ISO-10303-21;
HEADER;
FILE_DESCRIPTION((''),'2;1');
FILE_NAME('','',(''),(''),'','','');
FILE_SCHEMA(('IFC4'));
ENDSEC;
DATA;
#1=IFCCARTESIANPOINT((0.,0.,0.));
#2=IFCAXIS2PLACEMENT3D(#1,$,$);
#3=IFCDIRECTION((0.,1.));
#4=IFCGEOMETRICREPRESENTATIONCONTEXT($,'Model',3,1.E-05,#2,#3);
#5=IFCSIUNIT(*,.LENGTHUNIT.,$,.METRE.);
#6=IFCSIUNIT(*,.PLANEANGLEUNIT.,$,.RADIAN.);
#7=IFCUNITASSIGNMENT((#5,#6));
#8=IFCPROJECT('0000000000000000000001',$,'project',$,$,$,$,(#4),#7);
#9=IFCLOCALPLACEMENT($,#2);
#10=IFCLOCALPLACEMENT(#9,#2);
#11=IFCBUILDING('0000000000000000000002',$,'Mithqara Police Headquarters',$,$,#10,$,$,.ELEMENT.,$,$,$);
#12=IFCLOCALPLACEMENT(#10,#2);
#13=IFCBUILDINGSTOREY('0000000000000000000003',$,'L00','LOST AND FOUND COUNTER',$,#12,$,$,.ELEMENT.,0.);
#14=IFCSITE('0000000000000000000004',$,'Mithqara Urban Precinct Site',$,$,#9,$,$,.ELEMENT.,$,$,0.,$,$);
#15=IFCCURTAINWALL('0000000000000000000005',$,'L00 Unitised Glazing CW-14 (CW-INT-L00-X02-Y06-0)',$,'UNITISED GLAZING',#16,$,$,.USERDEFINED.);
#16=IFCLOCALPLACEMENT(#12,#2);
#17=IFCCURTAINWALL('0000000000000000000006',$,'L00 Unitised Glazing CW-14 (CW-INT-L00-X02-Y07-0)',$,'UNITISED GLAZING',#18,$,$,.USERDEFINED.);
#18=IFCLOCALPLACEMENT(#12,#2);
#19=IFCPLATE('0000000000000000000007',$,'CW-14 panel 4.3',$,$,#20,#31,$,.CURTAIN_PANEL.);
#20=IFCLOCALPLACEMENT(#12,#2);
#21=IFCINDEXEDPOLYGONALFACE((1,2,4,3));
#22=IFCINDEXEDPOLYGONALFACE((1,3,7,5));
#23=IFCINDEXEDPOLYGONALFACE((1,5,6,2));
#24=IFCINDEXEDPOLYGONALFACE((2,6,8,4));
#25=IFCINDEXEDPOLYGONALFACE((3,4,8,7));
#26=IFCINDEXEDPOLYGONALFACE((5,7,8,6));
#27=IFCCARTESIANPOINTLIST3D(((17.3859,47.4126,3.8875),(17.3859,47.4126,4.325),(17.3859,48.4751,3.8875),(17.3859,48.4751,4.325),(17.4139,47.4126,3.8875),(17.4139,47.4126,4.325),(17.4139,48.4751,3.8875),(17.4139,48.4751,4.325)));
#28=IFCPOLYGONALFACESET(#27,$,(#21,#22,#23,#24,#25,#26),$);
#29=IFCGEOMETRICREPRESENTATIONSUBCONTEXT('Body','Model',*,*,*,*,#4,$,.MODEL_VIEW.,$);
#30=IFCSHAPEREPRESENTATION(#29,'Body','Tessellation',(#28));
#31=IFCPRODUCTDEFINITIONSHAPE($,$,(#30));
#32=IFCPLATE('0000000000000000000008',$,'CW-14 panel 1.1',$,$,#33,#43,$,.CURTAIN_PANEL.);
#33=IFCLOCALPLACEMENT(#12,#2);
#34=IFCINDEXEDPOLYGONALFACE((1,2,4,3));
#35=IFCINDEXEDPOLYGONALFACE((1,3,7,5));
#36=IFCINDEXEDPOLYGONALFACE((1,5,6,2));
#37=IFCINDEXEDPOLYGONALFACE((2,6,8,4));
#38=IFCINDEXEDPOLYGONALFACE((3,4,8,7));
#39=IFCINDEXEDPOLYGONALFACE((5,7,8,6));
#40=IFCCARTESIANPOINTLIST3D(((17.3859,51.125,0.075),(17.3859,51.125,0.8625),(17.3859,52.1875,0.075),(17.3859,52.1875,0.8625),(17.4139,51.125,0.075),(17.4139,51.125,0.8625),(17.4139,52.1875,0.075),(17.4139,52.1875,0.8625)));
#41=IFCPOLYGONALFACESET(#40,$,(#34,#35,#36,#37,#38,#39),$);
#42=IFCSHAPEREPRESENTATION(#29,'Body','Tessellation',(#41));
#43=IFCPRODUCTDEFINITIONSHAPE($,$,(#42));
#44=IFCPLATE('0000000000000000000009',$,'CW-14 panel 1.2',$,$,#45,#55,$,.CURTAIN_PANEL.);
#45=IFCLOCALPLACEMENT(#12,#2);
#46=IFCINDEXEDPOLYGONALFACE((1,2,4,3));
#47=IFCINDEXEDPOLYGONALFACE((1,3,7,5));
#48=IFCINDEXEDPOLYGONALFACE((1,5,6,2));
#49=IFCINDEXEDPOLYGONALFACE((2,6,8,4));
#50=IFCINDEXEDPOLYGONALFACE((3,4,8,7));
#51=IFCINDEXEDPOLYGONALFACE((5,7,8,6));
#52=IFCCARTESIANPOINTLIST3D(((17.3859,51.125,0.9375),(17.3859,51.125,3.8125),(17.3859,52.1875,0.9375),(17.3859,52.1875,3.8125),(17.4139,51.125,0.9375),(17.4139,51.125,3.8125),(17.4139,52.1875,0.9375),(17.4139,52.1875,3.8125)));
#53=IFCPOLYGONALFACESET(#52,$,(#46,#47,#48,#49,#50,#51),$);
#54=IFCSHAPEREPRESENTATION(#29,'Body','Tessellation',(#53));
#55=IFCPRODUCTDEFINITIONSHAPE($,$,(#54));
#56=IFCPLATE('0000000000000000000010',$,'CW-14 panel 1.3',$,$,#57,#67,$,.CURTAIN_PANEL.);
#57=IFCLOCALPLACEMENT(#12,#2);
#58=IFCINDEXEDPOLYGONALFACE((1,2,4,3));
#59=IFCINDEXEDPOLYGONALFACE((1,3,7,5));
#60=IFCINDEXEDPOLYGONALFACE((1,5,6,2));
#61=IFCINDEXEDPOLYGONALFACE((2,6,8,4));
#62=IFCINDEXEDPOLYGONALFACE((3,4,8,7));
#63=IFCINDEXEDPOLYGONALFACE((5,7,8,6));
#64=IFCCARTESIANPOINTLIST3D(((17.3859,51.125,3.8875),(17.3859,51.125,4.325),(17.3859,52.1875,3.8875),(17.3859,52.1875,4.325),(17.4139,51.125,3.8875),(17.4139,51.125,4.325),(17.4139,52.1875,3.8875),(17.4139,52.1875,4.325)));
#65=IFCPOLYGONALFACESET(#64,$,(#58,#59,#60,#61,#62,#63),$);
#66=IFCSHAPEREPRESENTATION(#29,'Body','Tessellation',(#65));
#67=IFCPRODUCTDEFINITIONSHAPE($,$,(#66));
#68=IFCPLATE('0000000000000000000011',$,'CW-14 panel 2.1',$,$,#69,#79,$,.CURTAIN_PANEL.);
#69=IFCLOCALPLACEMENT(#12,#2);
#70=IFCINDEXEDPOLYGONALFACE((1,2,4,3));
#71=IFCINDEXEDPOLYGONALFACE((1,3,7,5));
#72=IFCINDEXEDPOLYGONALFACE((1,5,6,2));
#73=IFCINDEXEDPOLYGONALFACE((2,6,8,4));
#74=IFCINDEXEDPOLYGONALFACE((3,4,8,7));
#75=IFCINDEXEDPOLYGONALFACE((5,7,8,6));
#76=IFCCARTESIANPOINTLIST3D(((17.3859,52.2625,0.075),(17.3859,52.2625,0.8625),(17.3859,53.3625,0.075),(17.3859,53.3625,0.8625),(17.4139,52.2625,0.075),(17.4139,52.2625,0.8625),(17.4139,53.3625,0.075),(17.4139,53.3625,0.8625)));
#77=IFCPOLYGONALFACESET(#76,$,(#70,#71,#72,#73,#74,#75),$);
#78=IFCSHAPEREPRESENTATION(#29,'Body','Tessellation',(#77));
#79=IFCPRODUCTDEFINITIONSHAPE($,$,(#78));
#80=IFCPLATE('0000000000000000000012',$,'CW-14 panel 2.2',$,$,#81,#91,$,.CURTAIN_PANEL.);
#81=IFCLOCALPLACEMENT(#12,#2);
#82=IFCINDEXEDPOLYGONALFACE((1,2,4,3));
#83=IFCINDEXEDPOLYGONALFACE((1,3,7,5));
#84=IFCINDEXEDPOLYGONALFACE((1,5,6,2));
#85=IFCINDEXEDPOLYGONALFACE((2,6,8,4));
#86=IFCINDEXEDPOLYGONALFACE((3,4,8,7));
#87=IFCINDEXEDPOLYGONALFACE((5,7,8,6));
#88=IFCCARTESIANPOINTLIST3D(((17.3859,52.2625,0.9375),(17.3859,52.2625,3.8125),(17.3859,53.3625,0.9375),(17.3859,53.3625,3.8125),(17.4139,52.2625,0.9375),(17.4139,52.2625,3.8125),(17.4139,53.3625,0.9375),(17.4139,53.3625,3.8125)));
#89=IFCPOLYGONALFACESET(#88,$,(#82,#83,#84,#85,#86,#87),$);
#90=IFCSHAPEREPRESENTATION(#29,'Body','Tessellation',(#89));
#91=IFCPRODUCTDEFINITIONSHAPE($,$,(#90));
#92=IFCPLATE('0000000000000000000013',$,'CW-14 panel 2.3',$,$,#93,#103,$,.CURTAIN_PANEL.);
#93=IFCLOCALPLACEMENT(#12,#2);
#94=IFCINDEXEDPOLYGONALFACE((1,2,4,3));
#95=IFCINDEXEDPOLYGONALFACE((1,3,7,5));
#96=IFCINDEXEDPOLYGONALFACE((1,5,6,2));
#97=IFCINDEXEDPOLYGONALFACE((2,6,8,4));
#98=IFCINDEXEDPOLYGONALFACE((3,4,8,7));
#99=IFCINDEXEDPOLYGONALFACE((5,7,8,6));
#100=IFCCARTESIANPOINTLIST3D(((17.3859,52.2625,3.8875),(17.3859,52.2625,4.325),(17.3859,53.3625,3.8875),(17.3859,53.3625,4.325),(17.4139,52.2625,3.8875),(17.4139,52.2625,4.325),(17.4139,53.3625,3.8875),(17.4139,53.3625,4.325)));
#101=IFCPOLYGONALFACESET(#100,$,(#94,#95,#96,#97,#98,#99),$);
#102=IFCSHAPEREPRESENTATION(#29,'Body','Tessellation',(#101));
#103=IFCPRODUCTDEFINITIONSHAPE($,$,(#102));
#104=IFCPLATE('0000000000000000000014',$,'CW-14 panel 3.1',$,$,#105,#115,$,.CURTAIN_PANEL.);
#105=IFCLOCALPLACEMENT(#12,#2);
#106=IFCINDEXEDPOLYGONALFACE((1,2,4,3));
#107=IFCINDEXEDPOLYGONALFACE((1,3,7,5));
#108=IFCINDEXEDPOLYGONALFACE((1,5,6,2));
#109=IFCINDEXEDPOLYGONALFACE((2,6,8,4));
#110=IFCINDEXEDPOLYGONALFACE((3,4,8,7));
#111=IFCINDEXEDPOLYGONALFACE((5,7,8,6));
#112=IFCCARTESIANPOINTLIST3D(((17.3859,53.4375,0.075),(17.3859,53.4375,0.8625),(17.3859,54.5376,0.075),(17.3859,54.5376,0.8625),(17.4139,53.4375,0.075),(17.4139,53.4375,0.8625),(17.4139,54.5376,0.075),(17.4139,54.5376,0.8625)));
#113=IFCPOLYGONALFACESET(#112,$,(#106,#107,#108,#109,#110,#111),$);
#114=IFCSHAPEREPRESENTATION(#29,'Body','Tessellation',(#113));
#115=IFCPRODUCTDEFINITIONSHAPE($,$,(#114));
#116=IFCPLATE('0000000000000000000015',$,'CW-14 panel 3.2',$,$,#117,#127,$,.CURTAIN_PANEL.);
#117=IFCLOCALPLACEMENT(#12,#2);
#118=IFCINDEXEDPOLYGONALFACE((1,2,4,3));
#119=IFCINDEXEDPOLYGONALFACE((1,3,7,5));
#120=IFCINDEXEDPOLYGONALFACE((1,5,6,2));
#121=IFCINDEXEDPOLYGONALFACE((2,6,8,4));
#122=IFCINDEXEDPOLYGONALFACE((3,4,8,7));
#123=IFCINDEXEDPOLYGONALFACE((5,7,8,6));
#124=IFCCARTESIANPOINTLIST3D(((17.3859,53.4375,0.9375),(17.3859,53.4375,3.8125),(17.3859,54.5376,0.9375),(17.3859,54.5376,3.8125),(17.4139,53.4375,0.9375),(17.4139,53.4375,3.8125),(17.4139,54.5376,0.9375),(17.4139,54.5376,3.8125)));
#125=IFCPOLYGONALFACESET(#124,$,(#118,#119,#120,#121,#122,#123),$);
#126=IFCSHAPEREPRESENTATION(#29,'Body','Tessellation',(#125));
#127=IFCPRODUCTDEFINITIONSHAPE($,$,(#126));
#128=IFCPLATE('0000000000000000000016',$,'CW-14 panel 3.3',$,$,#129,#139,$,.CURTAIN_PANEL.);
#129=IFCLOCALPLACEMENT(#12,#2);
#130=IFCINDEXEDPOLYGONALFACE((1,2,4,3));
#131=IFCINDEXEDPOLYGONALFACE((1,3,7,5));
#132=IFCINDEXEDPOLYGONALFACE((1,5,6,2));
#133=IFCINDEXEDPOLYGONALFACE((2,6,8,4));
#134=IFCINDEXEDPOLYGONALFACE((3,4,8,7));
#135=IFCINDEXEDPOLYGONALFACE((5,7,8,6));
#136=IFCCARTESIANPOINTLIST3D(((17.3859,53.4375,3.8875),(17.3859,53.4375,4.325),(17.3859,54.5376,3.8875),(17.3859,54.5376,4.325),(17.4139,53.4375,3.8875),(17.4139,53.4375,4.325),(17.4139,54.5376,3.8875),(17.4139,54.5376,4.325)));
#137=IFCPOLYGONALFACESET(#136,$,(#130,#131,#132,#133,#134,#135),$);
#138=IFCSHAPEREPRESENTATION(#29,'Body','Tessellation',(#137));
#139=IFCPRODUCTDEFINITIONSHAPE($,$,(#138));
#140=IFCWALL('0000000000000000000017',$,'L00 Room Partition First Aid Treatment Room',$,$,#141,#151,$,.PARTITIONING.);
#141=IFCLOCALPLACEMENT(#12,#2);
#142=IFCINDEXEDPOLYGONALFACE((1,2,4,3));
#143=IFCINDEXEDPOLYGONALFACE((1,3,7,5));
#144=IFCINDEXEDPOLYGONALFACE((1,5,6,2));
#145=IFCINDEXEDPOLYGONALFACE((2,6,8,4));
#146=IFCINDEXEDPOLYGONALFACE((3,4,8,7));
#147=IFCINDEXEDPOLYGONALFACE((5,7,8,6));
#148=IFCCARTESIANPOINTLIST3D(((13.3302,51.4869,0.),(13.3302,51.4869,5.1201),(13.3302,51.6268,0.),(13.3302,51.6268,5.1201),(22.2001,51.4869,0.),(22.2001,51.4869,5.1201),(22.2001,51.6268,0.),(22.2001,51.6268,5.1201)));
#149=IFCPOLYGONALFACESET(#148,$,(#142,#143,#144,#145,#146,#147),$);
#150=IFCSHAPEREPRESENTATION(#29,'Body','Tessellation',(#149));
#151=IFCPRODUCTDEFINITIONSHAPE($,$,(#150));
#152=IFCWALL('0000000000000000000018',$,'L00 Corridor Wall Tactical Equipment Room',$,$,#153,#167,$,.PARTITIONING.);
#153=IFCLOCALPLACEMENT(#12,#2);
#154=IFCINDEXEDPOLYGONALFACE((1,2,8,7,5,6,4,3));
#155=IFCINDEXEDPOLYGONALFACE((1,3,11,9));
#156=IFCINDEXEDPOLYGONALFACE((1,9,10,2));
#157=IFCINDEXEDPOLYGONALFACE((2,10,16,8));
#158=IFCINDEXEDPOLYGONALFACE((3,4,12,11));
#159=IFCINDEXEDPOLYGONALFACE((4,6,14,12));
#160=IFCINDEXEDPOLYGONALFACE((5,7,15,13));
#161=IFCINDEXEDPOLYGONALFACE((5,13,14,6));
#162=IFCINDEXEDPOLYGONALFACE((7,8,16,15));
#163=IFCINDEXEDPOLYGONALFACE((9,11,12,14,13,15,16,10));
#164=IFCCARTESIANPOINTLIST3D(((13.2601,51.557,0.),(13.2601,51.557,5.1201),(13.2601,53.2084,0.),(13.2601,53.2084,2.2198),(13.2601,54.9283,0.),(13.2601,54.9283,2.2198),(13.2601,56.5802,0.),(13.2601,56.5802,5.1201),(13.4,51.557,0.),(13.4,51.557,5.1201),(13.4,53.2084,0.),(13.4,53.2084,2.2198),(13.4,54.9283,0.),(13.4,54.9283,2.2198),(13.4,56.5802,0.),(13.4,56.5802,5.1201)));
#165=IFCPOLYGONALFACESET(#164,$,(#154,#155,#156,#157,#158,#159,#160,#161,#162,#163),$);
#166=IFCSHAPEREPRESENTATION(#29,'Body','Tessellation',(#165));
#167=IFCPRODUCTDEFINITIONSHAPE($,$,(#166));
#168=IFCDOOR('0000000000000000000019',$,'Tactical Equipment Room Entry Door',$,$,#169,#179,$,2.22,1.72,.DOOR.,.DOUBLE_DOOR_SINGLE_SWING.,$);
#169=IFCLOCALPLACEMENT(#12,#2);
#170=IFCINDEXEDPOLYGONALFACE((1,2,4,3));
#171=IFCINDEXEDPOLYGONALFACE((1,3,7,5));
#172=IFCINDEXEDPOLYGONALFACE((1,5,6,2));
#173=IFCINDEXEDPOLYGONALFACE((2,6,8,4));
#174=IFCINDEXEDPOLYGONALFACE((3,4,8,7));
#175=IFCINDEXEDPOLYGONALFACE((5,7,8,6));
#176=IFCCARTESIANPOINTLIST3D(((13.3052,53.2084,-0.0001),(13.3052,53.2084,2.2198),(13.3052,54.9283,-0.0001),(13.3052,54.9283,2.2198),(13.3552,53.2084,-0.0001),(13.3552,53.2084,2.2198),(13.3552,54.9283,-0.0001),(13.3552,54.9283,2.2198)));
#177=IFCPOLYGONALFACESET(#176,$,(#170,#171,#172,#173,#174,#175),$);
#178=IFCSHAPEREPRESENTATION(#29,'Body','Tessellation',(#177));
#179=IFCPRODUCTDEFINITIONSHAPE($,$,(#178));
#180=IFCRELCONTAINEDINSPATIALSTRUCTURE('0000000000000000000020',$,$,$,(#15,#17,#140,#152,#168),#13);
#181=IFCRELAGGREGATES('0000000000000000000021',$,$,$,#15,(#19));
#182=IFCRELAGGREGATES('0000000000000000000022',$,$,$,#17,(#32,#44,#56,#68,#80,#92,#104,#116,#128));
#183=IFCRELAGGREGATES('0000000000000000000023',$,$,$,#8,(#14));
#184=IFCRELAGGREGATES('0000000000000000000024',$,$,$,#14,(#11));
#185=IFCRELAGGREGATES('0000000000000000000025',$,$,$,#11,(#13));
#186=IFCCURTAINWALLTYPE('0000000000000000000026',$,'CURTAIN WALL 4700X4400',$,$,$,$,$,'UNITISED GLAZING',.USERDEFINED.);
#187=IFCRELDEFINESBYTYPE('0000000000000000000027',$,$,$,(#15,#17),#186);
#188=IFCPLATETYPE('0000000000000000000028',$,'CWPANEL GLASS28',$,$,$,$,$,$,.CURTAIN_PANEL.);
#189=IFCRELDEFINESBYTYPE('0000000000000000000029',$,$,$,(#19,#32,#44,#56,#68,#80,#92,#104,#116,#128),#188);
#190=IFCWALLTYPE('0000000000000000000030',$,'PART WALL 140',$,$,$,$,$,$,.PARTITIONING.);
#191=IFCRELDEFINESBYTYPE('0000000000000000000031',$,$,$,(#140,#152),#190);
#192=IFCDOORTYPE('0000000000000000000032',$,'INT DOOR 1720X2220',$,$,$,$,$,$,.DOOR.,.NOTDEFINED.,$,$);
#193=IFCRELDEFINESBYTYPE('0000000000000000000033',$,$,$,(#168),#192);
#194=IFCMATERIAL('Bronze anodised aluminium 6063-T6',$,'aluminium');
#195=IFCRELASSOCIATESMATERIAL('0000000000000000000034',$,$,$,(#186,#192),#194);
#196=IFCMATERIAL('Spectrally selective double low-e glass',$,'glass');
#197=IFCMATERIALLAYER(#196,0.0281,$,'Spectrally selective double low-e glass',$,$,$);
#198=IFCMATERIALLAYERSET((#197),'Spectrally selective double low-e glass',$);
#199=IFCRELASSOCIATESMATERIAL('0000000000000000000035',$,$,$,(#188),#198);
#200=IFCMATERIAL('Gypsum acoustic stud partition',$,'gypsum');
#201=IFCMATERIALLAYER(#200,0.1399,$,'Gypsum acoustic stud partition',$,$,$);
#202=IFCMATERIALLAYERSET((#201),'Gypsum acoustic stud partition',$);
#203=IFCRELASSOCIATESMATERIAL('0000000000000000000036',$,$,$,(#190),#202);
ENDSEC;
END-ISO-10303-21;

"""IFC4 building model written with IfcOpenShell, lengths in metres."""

from ifc_helpers import new_model, si_unit, direction, frame, frame_2d, origin, origin_2d, place, context, subcontext, project, spatial, rectangle, extrude, material, layer, layer_set, type_object, element, fill, aggregate, save


model = new_model("IFC4")

# Units and contexts
model_context = context("Model", 3, precision=1e-05, world=origin(), true_north=direction((0.0, 1.0)))
body_context = subcontext(model_context, "Body", "Model", "MODEL_VIEW")
ifc_project = project(units=[si_unit("LENGTHUNIT", "METRE"), si_unit("PLANEANGLEUNIT", "RADIAN")], contexts=[model_context])

# Site, building, storey
site_placement = place(None, origin())
site = spatial("IfcSite", under=ifc_project, at=site_placement, Name="Mithqara Urban Precinct Site", CompositionType="ELEMENT", RefElevation=0.0)
building_placement = place(site_placement, origin())
building = spatial("IfcBuilding", under=site, at=building_placement, Name="Mithqara Police Headquarters", CompositionType="ELEMENT")
storey_placement = place(building_placement, origin())
storey = spatial("IfcBuildingStorey", under=building, at=storey_placement, Name="L00", Description="LOST AND FOUND COUNTER", CompositionType="ELEMENT", Elevation=0.0)

# Curtain wall
ifc_material_1 = material(Name="Bronze anodised aluminium 6063-T6", Category="aluminium")
curtain_wall_type = type_object("IfcCurtainWallType", Name="CURTAIN WALL 4700X4400", ElementType="UNITISED GLAZING", PredefinedType="USERDEFINED", material=ifc_material_1)
curtain_wall_1_placement = place(storey_placement, origin())
curtain_wall_1 = element("IfcCurtainWall", 1, at=curtain_wall_1_placement, inside=storey, type_object=curtain_wall_type, Name="L00 Unitised Glazing CW-14 (CW-INT-L00-X02-Y06-0)", ObjectType="UNITISED GLAZING", PredefinedType="USERDEFINED")

# Curtain wall
curtain_wall_2_placement = place(storey_placement, origin())
curtain_wall_2 = element("IfcCurtainWall", 2, at=curtain_wall_2_placement, inside=storey, type_object=curtain_wall_type, Name="L00 Unitised Glazing CW-14 (CW-INT-L00-X02-Y07-0)", ObjectType="UNITISED GLAZING", PredefinedType="USERDEFINED")

# Plates
ifc_material_2 = material(Name="Spectrally selective double low-e glass", Category="glass")
ifc_layer_1 = layer(ifc_material_2, 0.0281, Name="Spectrally selective double low-e glass")
ifc_layer_set_1 = layer_set([ifc_layer_1], Name="Spectrally selective double low-e glass")
plate_type = type_object("IfcPlateType", Name="CWPANEL GLASS28", PredefinedType="CURTAIN_PANEL", material=ifc_layer_set_1)
plate_1_placement = place(storey_placement, frame((17.3999, 47.9438, 3.8875), z_axis=(0.0, 0.0, 1.0), x_axis=(0.0, 1.0, 0.0)))
plate_1 = element("IfcPlate", 3, at=plate_1_placement, type_object=plate_type, Name="CW-14 panel 4.3", PredefinedType="CURTAIN_PANEL", context=body_context, shape_type="SweptSolid", body=[
    extrude(rectangle(XDim=1.0625, YDim=0.0281, at=origin_2d()), origin(), (0.0, 0.0, 1.0), 0.4375),
])
aggregate(curtain_wall_1, [plate_1])
plate_2_placement = place(storey_placement, frame((17.3999, 51.6562, 0.075), z_axis=(0.0, 0.0, 1.0), x_axis=(0.0, 1.0, 0.0)))
plate_2 = element("IfcPlate", 4, at=plate_2_placement, type_object=plate_type, Name="CW-14 panel 1.1", PredefinedType="CURTAIN_PANEL", context=body_context, shape_type="SweptSolid", body=[
    extrude(rectangle(XDim=1.0625, YDim=0.0281, at=origin_2d()), origin(), (0.0, 0.0, 1.0), 0.7876),
])
plate_3_placement = place(storey_placement, frame((17.3999, 51.6562, 0.9375), z_axis=(0.0, 0.0, 1.0), x_axis=(0.0, 1.0, 0.0)))
plate_3 = element("IfcPlate", 5, at=plate_3_placement, type_object=plate_type, Name="CW-14 panel 1.2", PredefinedType="CURTAIN_PANEL", context=body_context, shape_type="SweptSolid", body=[
    extrude(rectangle(XDim=1.0625, YDim=0.0281, at=origin_2d()), origin(), (0.0, 0.0, 1.0), 2.875),
])
plate_4_placement = place(storey_placement, frame((17.3999, 51.6562, 3.8875), z_axis=(0.0, 0.0, 1.0), x_axis=(0.0, 1.0, 0.0)))
plate_4 = element("IfcPlate", 6, at=plate_4_placement, type_object=plate_type, Name="CW-14 panel 1.3", PredefinedType="CURTAIN_PANEL", context=body_context, shape_type="SweptSolid", body=[
    extrude(rectangle(XDim=1.0625, YDim=0.0281, at=origin_2d()), origin(), (0.0, 0.0, 1.0), 0.4375),
])
plate_5_placement = place(storey_placement, frame((17.3999, 52.8125, 0.075), z_axis=(0.0, 0.0, 1.0), x_axis=(0.0, 1.0, 0.0)))
plate_5 = element("IfcPlate", 7, at=plate_5_placement, type_object=plate_type, Name="CW-14 panel 2.1", PredefinedType="CURTAIN_PANEL", context=body_context, shape_type="SweptSolid", body=[
    extrude(rectangle(XDim=1.1001, YDim=0.0281, at=origin_2d()), origin(), (0.0, 0.0, 1.0), 0.7876),
])
plate_6_placement = place(storey_placement, frame((17.3999, 52.8125, 0.9375), z_axis=(0.0, 0.0, 1.0), x_axis=(0.0, 1.0, 0.0)))
plate_6 = element("IfcPlate", 8, at=plate_6_placement, type_object=plate_type, Name="CW-14 panel 2.2", PredefinedType="CURTAIN_PANEL", context=body_context, shape_type="SweptSolid", body=[
    extrude(rectangle(XDim=1.1001, YDim=0.0281, at=origin_2d()), origin(), (0.0, 0.0, 1.0), 2.875),
])
plate_7_placement = place(storey_placement, frame((17.3999, 52.8125, 3.8875), z_axis=(0.0, 0.0, 1.0), x_axis=(0.0, 1.0, 0.0)))
plate_7 = element("IfcPlate", 9, at=plate_7_placement, type_object=plate_type, Name="CW-14 panel 2.3", PredefinedType="CURTAIN_PANEL", context=body_context, shape_type="SweptSolid", body=[
    extrude(rectangle(XDim=1.1001, YDim=0.0281, at=origin_2d()), origin(), (0.0, 0.0, 1.0), 0.4375),
])
plate_8_placement = place(storey_placement, frame((17.3999, 53.9875, 0.075), z_axis=(0.0, 0.0, 1.0), x_axis=(0.0, 1.0, 0.0)))
plate_8 = element("IfcPlate", 10, at=plate_8_placement, type_object=plate_type, Name="CW-14 panel 3.1", PredefinedType="CURTAIN_PANEL", context=body_context, shape_type="SweptSolid", body=[
    extrude(rectangle(XDim=1.1001, YDim=0.0281, at=origin_2d()), origin(), (0.0, 0.0, 1.0), 0.7876),
])
plate_9_placement = place(storey_placement, frame((17.3999, 53.9875, 0.9375), z_axis=(0.0, 0.0, 1.0), x_axis=(0.0, 1.0, 0.0)))
plate_9 = element("IfcPlate", 11, at=plate_9_placement, type_object=plate_type, Name="CW-14 panel 3.2", PredefinedType="CURTAIN_PANEL", context=body_context, shape_type="SweptSolid", body=[
    extrude(rectangle(XDim=1.1001, YDim=0.0281, at=origin_2d()), origin(), (0.0, 0.0, 1.0), 2.875),
])
plate_10_placement = place(storey_placement, frame((17.3999, 53.9875, 3.8875), z_axis=(0.0, 0.0, 1.0), x_axis=(0.0, 1.0, 0.0)))
plate_10 = element("IfcPlate", 12, at=plate_10_placement, type_object=plate_type, Name="CW-14 panel 3.3", PredefinedType="CURTAIN_PANEL", context=body_context, shape_type="SweptSolid", body=[
    extrude(rectangle(XDim=1.1001, YDim=0.0281, at=origin_2d()), origin(), (0.0, 0.0, 1.0), 0.4375),
])
aggregate(curtain_wall_2, [plate_2, plate_3, plate_4, plate_5, plate_6, plate_7, plate_8, plate_9, plate_10])

# Wall
ifc_material_3 = material(Name="Gypsum acoustic stud partition", Category="gypsum")
ifc_layer_2 = layer(ifc_material_3, 0.1399, Name="Gypsum acoustic stud partition")
ifc_layer_set_2 = layer_set([ifc_layer_2], Name="Gypsum acoustic stud partition")
wall_type = type_object("IfcWallType", Name="PART WALL 140", PredefinedType="PARTITIONING", material=ifc_layer_set_2)
wall_1_placement = place(storey_placement, frame((13.3301, 51.5569, 0.0), z_axis=(0.0, 0.0, 1.0), x_axis=(1.0, 0.0, 0.0)))
element("IfcWall", 13, at=wall_1_placement, inside=storey, type_object=wall_type, Name="L00 Room Partition First Aid Treatment Room", PredefinedType="PARTITIONING", context=body_context, shape_type="SweptSolid", body=[
    extrude(rectangle(XDim=8.8699, YDim=0.1399, at=frame_2d((4.4351, 0.0))), origin(), (0.0, 0.0, 1.0), 5.1201),
])

# Wall, opening, door
wall_2_placement = place(storey_placement, frame((13.3301, 51.5569, 0.0), z_axis=(0.0, 0.0, 1.0), x_axis=(0.0, 1.0, 0.0)))
wall_2 = element("IfcWall", 14, at=wall_2_placement, inside=storey, type_object=wall_type, Name="L00 Corridor Wall Tactical Equipment Room", PredefinedType="PARTITIONING", context=body_context, shape_type="SweptSolid", body=[
    extrude(rectangle(XDim=5.0232, YDim=0.1399, at=frame_2d((2.5117, 0.0))), origin(), (0.0, 0.0, 1.0), 5.1201),
])
opening_placement = place(wall_2_placement, frame((1.6516, 0.0, 0.0)))
opening = element("IfcOpeningElement", 15, at=opening_placement, cuts=wall_2, PredefinedType="OPENING", context=body_context, shape_type="SweptSolid", body=[
    extrude(rectangle(XDim=1.72, YDim=2.22, at=frame_2d((0.8599, 1.1099))), frame((0.0, 0.0801, 0.0), z_axis=(0.0, -1.0, 0.0), x_axis=(1.0, 0.0, 0.0)), (0.0, 0.0, 1.0), 0.1599),
])
door_type = type_object("IfcDoorType", Name="INT DOOR 1720X2220", OperationType="NOTDEFINED", PredefinedType="DOOR", material=ifc_material_1)
door_placement = place(opening_placement, origin())
door = element("IfcDoor", 16, at=door_placement, inside=storey, type_object=door_type, Name="Tactical Equipment Room Entry Door", OperationType="DOUBLE_DOOR_SINGLE_SWING", OverallHeight=2.22, OverallWidth=1.72, PredefinedType="DOOR", context=body_context, shape_type="SweptSolid", body=[
    extrude(rectangle(XDim=1.72, YDim=2.22, at=frame_2d((0.8599, 1.1099))), frame((0.0, 0.0249, 0.0), z_axis=(0.0, -1.0, 0.0), x_axis=(1.0, 0.0, 0.0)), (0.0, 0.0, 1.0), 0.05),
])
fill(opening, door)

save(model, "model.ifc")
